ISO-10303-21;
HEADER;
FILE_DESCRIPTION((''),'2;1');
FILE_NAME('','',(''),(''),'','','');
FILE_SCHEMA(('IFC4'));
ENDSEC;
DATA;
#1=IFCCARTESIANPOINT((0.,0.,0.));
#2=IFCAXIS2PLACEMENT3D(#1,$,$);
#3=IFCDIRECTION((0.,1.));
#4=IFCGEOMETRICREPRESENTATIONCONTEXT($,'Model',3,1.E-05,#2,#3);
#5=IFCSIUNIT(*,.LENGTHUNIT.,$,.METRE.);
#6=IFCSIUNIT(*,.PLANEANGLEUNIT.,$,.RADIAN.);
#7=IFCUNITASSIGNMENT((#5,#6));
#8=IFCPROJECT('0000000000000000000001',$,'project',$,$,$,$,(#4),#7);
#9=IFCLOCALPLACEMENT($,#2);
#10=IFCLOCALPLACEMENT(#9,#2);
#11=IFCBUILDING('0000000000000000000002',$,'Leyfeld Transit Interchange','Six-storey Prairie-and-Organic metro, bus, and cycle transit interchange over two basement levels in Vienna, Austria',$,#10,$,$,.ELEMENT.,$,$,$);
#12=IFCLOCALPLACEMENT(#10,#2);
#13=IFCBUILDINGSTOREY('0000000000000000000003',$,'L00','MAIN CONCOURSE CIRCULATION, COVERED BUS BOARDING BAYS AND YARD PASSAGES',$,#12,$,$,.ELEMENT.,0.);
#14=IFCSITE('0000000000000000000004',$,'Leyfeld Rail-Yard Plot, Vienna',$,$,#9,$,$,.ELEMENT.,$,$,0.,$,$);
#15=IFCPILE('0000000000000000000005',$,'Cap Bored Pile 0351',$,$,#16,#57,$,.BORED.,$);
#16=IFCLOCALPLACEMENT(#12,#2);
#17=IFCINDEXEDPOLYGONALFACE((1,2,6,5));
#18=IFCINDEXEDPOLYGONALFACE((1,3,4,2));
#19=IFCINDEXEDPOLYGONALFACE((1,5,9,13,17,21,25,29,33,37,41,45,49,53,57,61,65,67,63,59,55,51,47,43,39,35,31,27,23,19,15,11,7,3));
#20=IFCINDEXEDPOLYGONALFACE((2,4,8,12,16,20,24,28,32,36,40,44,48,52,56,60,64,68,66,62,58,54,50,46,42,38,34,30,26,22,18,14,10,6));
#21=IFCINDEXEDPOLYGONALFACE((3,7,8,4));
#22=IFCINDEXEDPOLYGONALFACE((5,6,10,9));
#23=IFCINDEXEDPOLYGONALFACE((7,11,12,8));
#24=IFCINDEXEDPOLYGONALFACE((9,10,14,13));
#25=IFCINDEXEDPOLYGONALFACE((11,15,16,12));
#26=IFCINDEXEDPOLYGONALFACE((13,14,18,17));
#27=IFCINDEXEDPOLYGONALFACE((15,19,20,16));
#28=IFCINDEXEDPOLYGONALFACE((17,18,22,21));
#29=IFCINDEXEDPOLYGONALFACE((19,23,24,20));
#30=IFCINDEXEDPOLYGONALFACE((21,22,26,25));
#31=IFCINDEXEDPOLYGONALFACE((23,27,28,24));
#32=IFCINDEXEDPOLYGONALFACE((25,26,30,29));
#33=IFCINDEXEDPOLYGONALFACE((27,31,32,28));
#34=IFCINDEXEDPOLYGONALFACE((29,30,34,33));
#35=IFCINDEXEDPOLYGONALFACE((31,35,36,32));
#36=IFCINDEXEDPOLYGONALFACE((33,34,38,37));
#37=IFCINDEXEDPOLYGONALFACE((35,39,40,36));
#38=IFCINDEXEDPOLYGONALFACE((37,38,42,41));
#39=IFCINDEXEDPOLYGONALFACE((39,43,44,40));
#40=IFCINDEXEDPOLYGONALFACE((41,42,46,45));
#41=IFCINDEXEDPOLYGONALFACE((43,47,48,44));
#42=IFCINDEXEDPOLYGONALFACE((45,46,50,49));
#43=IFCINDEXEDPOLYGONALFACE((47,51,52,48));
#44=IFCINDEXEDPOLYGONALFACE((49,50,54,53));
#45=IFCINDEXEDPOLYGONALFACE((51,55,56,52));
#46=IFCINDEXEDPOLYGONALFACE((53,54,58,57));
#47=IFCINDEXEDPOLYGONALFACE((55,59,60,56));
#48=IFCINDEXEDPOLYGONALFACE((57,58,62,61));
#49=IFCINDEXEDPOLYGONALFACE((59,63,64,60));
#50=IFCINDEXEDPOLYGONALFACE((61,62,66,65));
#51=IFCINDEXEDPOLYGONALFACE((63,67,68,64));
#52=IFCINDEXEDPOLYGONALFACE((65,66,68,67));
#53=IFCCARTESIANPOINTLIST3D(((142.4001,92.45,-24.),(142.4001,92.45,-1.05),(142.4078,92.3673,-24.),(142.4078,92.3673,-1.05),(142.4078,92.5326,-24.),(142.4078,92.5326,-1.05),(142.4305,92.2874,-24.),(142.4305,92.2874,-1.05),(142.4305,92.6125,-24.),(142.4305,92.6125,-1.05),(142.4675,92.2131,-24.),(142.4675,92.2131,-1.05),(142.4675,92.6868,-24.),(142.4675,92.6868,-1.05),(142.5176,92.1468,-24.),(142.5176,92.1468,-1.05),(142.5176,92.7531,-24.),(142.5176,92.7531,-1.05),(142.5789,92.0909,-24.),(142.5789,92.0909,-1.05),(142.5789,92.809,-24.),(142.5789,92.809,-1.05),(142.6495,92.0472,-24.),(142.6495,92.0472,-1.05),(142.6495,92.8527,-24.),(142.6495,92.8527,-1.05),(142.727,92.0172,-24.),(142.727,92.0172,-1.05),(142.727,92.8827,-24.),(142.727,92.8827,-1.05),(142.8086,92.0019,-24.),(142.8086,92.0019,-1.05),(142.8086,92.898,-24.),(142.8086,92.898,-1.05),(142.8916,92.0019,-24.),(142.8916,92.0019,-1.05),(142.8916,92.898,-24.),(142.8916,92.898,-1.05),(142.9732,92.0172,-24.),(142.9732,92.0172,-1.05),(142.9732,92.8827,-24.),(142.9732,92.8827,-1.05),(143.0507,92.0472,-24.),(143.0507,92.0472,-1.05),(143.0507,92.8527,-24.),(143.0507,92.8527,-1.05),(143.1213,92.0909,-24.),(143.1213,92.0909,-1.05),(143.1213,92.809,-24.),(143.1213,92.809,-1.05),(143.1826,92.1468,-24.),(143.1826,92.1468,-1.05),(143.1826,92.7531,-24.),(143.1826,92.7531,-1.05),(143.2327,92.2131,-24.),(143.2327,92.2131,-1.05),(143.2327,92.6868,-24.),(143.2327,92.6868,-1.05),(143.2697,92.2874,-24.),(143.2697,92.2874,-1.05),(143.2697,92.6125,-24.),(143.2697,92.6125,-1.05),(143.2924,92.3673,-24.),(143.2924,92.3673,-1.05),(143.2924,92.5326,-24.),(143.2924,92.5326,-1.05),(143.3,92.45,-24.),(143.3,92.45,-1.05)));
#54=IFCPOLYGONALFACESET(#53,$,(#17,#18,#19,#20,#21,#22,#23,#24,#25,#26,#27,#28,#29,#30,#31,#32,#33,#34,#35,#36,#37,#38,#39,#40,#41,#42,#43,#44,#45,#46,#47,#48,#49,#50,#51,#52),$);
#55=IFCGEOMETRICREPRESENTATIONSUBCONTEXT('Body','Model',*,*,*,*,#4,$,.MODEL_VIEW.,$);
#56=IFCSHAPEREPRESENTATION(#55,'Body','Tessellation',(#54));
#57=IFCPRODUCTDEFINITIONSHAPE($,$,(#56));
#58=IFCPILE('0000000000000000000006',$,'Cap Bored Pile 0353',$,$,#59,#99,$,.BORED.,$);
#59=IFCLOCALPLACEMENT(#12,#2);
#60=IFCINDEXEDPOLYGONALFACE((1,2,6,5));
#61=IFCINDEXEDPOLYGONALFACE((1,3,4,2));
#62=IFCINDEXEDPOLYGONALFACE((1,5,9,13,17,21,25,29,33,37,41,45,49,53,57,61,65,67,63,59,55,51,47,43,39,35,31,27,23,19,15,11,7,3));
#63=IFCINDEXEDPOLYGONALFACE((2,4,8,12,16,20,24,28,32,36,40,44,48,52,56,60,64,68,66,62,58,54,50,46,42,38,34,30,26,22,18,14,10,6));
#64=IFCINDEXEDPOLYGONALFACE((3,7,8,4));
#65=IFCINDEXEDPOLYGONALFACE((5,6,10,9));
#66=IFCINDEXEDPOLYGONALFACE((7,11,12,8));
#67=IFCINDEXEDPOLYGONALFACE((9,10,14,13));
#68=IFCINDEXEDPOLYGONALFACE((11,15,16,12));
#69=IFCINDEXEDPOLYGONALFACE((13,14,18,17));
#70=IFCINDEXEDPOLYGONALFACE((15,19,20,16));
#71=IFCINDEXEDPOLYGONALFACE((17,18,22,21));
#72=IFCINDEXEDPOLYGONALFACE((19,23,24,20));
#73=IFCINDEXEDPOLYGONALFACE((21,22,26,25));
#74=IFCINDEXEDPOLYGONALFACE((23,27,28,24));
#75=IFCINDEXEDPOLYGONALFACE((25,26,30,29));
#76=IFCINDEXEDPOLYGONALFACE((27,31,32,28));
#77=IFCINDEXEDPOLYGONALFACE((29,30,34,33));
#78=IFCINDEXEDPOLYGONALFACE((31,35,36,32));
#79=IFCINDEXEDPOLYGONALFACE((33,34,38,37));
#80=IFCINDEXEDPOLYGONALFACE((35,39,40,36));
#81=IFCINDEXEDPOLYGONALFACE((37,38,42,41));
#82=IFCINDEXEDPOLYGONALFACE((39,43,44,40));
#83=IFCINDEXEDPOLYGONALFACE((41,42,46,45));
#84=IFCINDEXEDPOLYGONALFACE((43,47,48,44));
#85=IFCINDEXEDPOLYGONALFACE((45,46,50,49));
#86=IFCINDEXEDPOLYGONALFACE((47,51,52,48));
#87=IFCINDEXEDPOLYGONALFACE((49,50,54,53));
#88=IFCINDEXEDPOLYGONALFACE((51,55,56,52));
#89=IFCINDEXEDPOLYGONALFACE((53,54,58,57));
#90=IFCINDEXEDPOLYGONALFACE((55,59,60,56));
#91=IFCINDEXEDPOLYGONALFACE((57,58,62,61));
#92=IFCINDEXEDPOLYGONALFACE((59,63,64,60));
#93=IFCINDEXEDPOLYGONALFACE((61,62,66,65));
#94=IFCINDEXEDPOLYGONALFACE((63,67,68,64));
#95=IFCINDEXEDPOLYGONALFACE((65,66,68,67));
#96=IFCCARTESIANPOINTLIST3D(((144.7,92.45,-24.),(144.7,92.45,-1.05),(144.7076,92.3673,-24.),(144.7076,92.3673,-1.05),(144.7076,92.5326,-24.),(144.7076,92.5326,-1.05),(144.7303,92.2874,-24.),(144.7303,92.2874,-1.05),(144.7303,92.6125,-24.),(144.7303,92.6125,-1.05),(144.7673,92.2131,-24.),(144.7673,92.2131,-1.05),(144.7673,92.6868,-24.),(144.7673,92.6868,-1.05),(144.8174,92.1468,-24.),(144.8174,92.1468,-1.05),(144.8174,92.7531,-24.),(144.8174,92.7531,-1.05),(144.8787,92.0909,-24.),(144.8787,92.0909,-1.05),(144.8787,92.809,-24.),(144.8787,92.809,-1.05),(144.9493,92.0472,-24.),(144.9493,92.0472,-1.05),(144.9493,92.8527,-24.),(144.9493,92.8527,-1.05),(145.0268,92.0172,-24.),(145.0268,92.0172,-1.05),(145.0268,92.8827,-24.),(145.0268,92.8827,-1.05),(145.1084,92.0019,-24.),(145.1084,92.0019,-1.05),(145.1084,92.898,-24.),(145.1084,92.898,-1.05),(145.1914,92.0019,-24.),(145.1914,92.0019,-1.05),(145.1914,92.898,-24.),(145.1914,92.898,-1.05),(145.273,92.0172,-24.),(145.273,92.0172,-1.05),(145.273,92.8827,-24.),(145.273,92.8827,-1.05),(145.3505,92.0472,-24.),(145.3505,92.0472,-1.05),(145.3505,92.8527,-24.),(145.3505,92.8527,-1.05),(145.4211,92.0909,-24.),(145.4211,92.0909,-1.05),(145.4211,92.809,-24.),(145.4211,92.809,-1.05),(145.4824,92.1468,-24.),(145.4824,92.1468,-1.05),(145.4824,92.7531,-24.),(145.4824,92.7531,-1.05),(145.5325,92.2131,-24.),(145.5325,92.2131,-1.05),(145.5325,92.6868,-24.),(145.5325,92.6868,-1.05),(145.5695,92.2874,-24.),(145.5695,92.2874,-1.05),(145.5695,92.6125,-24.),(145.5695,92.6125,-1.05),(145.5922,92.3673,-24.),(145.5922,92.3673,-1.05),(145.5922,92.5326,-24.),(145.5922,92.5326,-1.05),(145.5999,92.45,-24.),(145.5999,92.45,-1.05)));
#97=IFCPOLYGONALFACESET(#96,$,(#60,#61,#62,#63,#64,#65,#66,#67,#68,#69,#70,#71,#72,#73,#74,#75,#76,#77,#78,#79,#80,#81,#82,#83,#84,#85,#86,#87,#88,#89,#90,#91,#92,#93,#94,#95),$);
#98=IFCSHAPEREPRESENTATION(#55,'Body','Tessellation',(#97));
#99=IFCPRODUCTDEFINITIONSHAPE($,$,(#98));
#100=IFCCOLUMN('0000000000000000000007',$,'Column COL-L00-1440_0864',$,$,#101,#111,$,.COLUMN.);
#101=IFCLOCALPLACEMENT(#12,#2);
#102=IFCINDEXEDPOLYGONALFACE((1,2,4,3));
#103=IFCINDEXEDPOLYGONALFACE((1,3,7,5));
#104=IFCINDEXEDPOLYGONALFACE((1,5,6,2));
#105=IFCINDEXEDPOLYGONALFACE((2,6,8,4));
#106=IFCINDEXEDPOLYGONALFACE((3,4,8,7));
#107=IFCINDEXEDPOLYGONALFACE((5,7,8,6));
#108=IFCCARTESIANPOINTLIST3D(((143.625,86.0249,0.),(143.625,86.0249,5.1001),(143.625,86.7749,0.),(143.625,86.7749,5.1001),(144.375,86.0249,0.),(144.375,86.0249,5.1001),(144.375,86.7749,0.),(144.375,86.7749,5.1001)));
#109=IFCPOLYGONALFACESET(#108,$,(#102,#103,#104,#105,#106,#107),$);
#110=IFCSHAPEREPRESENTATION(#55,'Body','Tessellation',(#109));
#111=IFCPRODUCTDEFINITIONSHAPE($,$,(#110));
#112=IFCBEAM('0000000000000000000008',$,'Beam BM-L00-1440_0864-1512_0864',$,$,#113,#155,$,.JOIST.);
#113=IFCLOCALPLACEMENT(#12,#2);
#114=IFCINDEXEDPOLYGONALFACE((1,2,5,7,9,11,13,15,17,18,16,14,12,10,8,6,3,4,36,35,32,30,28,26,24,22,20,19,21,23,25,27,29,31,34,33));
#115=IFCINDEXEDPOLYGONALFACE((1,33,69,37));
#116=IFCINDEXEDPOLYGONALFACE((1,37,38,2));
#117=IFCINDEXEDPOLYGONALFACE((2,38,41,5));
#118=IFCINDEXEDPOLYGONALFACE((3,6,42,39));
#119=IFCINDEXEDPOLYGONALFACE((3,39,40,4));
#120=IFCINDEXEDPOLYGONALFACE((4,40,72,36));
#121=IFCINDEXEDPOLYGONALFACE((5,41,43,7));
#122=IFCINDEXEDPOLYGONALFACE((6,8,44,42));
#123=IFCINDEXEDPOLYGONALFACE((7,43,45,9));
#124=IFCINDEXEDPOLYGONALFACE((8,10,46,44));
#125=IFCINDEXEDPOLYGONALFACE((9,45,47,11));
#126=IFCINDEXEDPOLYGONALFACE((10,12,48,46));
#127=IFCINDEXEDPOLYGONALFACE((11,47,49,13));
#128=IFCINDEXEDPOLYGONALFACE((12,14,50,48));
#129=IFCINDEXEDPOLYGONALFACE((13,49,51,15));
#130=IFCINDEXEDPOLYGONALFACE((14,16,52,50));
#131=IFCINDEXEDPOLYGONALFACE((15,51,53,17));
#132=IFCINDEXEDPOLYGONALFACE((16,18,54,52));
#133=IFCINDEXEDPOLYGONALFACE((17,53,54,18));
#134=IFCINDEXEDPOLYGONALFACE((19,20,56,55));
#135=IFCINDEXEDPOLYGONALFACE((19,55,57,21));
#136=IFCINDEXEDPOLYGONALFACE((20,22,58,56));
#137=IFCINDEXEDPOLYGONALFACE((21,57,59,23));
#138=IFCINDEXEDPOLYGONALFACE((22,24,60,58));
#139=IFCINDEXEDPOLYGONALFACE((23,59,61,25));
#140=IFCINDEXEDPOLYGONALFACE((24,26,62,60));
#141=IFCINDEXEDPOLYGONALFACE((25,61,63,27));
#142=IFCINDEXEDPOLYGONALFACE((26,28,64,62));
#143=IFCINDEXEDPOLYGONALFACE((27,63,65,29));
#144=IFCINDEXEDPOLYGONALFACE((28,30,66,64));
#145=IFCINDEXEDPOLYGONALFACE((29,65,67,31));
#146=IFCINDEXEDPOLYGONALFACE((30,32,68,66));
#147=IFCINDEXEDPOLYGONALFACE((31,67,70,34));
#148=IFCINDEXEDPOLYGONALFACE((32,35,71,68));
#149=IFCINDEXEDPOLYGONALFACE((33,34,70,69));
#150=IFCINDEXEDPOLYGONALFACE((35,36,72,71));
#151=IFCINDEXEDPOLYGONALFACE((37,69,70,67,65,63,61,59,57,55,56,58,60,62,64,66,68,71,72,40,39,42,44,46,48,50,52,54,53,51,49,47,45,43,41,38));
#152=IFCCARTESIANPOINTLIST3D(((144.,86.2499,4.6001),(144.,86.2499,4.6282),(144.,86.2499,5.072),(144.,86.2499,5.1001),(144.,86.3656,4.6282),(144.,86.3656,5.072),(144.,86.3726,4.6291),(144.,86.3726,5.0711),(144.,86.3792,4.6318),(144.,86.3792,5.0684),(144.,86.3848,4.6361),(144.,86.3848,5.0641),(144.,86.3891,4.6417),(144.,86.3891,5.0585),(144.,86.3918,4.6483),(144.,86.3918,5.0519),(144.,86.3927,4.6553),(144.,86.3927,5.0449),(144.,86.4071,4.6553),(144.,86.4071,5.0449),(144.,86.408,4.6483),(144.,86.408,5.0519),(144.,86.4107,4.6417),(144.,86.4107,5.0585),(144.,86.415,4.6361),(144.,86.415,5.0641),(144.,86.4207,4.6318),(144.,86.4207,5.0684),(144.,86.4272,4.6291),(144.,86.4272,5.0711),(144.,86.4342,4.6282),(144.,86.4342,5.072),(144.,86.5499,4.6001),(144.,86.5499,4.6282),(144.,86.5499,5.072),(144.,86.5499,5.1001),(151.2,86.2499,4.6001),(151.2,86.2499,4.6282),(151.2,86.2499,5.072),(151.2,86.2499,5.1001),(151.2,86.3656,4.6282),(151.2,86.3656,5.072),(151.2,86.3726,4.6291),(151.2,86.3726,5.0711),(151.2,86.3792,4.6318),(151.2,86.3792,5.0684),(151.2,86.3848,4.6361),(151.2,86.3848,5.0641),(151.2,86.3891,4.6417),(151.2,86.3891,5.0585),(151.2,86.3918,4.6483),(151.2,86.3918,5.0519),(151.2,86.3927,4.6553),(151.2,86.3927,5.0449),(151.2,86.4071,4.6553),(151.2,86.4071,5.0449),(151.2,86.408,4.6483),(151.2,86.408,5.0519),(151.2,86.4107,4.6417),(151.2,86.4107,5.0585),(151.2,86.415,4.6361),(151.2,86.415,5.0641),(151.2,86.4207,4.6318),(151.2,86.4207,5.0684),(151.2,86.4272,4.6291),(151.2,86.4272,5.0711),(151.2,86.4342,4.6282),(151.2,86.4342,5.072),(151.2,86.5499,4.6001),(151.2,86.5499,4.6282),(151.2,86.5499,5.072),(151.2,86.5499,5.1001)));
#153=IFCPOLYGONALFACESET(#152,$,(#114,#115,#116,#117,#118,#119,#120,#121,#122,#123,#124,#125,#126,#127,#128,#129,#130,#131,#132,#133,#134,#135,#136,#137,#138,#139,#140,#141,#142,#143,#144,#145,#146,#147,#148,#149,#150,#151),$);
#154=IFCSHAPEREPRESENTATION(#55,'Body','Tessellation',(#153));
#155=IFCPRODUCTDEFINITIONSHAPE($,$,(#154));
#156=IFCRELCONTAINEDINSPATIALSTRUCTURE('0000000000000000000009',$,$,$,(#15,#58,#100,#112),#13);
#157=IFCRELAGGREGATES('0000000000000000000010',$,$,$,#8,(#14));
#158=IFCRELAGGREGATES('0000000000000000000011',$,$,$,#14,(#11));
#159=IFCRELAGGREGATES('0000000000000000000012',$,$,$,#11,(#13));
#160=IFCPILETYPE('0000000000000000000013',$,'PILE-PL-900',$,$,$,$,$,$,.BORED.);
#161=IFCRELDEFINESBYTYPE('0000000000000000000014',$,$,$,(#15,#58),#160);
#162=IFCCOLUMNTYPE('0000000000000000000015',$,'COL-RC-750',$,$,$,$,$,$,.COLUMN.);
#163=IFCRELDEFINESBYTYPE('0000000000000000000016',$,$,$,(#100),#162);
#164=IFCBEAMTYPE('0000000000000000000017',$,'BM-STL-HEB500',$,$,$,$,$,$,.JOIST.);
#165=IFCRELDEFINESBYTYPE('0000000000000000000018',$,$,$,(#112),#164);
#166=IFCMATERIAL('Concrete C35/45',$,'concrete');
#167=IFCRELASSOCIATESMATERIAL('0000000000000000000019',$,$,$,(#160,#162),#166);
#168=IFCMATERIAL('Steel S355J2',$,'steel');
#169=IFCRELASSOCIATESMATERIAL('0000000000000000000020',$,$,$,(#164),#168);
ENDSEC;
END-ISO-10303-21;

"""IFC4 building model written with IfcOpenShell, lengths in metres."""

from ifc_helpers import new_model, si_unit, direction, frame, origin, origin_2d, place, context, subcontext, project, spatial, rectangle, circle, i_section, extrude, material, material_profile, profile_set, type_object, element, save


model = new_model("IFC4")

# Units and contexts
model_context = context("Model", 3, precision=1e-05, world=origin(), true_north=direction((0.0, 1.0)))
body_context = subcontext(model_context, "Body", "Model", "MODEL_VIEW")
ifc_project = project(units=[si_unit("LENGTHUNIT", "METRE"), si_unit("PLANEANGLEUNIT", "RADIAN")], contexts=[model_context])

# Site, building, storey
site_placement = place(None, origin())
site = spatial("IfcSite", under=ifc_project, at=site_placement, Name="Leyfeld Rail-Yard Plot, Vienna", CompositionType="ELEMENT", RefElevation=0.0)
building_placement = place(site_placement, origin())
building = spatial("IfcBuilding", under=site, at=building_placement, Name="Leyfeld Transit Interchange", Description="Six-storey Prairie-and-Organic metro, bus, and cycle transit interchange over two basement levels in Vienna, Austria", CompositionType="ELEMENT")
storey_placement = place(building_placement, origin())
storey = spatial("IfcBuildingStorey", under=building, at=storey_placement, Name="L00", Description="MAIN CONCOURSE CIRCULATION, COVERED BUS BOARDING BAYS AND YARD PASSAGES", CompositionType="ELEMENT", Elevation=0.0)

# Shared definitions
ifc_material_1 = material(Name="Concrete C35/45", Category="concrete")

# Piles
ifc_material_profile_1 = material_profile(ifc_material_1, circle(Radius=0.45, at=origin_2d()), Name="PILE D900")
ifc_profile_set_1 = profile_set([ifc_material_profile_1], Name="Concrete C35/45")
pile_type = type_object("IfcPileType", Name="PILE-PL-900", PredefinedType="BORED", material=ifc_profile_set_1)
for number, where, z_axis, x_axis, name in (
    (1, (142.8501, 92.45, -1.05), (0.0, 0.0, -1.0), (1.0, 0.0, 0.0), "Cap Bored Pile 0351"),
    (2, (145.1499, 92.45, -1.05), (0.0, 0.0, -1.0), (1.0, 0.0, 0.0), "Cap Bored Pile 0353"),
):
    element("IfcPile", number, at=place(storey_placement, frame(where, z_axis=z_axis, x_axis=x_axis)), inside=storey, type_object=pile_type, Name=name, PredefinedType="BORED", context=body_context, shape_type="SweptSolid", body=[
        extrude(circle(Radius=0.45, at=origin_2d()), origin(), (0.0, 0.0, 1.0), 22.95),
    ])

# Column
ifc_material_profile_2 = material_profile(ifc_material_1, rectangle(XDim=0.75, YDim=0.75, at=origin_2d()), Name="RC 750x750")
ifc_profile_set_2 = profile_set([ifc_material_profile_2], Name="Concrete C35/45")
column_type = type_object("IfcColumnType", Name="COL-RC-750", PredefinedType="COLUMN", material=ifc_profile_set_2)
column_placement = place(storey_placement, frame((144.0, 86.3999, 0.0), z_axis=(0.0, 0.0, 1.0), x_axis=(1.0, 0.0, 0.0)))
element("IfcColumn", 3, at=column_placement, inside=storey, type_object=column_type, Name="Column COL-L00-1440_0864", PredefinedType="COLUMN", context=body_context, shape_type="SweptSolid", body=[
    extrude(rectangle(XDim=0.75, YDim=0.75, at=origin_2d()), origin(), (0.0, 0.0, 1.0), 5.1001),
])

# Beam
ifc_material_2 = material(Name="Steel S355J2", Category="steel")
ifc_material_profile_3 = material_profile(ifc_material_2, i_section(OverallWidth=0.3, OverallDepth=0.5, WebThickness=0.0144, FlangeThickness=0.0281, FilletRadius=0.0271, at=origin_2d()), Name="HEB 500")
ifc_profile_set_3 = profile_set([ifc_material_profile_3], Name="Steel S355J2")
beam_type_1 = type_object("IfcBeamType", Name="BM-STL-HEB500", PredefinedType="JOIST", material=ifc_profile_set_3)
beam_1_placement = place(storey_placement, frame((144.0, 86.3999, 4.8501), z_axis=(1.0, 0.0, 0.0), x_axis=(0.0, 1.0, 0.0)))
element("IfcBeam", 4, at=beam_1_placement, inside=storey, type_object=beam_type_1, Name="Beam BM-L00-1440_0864-1512_0864", PredefinedType="JOIST", context=body_context, shape_type="SweptSolid", body=[
    extrude(i_section(OverallWidth=0.3, OverallDepth=0.5, WebThickness=0.0144, FlangeThickness=0.0281, FilletRadius=0.0271, at=origin_2d()), origin(), (0.0, 0.0, 1.0), 7.2),
])

save(model, "model.ifc")
